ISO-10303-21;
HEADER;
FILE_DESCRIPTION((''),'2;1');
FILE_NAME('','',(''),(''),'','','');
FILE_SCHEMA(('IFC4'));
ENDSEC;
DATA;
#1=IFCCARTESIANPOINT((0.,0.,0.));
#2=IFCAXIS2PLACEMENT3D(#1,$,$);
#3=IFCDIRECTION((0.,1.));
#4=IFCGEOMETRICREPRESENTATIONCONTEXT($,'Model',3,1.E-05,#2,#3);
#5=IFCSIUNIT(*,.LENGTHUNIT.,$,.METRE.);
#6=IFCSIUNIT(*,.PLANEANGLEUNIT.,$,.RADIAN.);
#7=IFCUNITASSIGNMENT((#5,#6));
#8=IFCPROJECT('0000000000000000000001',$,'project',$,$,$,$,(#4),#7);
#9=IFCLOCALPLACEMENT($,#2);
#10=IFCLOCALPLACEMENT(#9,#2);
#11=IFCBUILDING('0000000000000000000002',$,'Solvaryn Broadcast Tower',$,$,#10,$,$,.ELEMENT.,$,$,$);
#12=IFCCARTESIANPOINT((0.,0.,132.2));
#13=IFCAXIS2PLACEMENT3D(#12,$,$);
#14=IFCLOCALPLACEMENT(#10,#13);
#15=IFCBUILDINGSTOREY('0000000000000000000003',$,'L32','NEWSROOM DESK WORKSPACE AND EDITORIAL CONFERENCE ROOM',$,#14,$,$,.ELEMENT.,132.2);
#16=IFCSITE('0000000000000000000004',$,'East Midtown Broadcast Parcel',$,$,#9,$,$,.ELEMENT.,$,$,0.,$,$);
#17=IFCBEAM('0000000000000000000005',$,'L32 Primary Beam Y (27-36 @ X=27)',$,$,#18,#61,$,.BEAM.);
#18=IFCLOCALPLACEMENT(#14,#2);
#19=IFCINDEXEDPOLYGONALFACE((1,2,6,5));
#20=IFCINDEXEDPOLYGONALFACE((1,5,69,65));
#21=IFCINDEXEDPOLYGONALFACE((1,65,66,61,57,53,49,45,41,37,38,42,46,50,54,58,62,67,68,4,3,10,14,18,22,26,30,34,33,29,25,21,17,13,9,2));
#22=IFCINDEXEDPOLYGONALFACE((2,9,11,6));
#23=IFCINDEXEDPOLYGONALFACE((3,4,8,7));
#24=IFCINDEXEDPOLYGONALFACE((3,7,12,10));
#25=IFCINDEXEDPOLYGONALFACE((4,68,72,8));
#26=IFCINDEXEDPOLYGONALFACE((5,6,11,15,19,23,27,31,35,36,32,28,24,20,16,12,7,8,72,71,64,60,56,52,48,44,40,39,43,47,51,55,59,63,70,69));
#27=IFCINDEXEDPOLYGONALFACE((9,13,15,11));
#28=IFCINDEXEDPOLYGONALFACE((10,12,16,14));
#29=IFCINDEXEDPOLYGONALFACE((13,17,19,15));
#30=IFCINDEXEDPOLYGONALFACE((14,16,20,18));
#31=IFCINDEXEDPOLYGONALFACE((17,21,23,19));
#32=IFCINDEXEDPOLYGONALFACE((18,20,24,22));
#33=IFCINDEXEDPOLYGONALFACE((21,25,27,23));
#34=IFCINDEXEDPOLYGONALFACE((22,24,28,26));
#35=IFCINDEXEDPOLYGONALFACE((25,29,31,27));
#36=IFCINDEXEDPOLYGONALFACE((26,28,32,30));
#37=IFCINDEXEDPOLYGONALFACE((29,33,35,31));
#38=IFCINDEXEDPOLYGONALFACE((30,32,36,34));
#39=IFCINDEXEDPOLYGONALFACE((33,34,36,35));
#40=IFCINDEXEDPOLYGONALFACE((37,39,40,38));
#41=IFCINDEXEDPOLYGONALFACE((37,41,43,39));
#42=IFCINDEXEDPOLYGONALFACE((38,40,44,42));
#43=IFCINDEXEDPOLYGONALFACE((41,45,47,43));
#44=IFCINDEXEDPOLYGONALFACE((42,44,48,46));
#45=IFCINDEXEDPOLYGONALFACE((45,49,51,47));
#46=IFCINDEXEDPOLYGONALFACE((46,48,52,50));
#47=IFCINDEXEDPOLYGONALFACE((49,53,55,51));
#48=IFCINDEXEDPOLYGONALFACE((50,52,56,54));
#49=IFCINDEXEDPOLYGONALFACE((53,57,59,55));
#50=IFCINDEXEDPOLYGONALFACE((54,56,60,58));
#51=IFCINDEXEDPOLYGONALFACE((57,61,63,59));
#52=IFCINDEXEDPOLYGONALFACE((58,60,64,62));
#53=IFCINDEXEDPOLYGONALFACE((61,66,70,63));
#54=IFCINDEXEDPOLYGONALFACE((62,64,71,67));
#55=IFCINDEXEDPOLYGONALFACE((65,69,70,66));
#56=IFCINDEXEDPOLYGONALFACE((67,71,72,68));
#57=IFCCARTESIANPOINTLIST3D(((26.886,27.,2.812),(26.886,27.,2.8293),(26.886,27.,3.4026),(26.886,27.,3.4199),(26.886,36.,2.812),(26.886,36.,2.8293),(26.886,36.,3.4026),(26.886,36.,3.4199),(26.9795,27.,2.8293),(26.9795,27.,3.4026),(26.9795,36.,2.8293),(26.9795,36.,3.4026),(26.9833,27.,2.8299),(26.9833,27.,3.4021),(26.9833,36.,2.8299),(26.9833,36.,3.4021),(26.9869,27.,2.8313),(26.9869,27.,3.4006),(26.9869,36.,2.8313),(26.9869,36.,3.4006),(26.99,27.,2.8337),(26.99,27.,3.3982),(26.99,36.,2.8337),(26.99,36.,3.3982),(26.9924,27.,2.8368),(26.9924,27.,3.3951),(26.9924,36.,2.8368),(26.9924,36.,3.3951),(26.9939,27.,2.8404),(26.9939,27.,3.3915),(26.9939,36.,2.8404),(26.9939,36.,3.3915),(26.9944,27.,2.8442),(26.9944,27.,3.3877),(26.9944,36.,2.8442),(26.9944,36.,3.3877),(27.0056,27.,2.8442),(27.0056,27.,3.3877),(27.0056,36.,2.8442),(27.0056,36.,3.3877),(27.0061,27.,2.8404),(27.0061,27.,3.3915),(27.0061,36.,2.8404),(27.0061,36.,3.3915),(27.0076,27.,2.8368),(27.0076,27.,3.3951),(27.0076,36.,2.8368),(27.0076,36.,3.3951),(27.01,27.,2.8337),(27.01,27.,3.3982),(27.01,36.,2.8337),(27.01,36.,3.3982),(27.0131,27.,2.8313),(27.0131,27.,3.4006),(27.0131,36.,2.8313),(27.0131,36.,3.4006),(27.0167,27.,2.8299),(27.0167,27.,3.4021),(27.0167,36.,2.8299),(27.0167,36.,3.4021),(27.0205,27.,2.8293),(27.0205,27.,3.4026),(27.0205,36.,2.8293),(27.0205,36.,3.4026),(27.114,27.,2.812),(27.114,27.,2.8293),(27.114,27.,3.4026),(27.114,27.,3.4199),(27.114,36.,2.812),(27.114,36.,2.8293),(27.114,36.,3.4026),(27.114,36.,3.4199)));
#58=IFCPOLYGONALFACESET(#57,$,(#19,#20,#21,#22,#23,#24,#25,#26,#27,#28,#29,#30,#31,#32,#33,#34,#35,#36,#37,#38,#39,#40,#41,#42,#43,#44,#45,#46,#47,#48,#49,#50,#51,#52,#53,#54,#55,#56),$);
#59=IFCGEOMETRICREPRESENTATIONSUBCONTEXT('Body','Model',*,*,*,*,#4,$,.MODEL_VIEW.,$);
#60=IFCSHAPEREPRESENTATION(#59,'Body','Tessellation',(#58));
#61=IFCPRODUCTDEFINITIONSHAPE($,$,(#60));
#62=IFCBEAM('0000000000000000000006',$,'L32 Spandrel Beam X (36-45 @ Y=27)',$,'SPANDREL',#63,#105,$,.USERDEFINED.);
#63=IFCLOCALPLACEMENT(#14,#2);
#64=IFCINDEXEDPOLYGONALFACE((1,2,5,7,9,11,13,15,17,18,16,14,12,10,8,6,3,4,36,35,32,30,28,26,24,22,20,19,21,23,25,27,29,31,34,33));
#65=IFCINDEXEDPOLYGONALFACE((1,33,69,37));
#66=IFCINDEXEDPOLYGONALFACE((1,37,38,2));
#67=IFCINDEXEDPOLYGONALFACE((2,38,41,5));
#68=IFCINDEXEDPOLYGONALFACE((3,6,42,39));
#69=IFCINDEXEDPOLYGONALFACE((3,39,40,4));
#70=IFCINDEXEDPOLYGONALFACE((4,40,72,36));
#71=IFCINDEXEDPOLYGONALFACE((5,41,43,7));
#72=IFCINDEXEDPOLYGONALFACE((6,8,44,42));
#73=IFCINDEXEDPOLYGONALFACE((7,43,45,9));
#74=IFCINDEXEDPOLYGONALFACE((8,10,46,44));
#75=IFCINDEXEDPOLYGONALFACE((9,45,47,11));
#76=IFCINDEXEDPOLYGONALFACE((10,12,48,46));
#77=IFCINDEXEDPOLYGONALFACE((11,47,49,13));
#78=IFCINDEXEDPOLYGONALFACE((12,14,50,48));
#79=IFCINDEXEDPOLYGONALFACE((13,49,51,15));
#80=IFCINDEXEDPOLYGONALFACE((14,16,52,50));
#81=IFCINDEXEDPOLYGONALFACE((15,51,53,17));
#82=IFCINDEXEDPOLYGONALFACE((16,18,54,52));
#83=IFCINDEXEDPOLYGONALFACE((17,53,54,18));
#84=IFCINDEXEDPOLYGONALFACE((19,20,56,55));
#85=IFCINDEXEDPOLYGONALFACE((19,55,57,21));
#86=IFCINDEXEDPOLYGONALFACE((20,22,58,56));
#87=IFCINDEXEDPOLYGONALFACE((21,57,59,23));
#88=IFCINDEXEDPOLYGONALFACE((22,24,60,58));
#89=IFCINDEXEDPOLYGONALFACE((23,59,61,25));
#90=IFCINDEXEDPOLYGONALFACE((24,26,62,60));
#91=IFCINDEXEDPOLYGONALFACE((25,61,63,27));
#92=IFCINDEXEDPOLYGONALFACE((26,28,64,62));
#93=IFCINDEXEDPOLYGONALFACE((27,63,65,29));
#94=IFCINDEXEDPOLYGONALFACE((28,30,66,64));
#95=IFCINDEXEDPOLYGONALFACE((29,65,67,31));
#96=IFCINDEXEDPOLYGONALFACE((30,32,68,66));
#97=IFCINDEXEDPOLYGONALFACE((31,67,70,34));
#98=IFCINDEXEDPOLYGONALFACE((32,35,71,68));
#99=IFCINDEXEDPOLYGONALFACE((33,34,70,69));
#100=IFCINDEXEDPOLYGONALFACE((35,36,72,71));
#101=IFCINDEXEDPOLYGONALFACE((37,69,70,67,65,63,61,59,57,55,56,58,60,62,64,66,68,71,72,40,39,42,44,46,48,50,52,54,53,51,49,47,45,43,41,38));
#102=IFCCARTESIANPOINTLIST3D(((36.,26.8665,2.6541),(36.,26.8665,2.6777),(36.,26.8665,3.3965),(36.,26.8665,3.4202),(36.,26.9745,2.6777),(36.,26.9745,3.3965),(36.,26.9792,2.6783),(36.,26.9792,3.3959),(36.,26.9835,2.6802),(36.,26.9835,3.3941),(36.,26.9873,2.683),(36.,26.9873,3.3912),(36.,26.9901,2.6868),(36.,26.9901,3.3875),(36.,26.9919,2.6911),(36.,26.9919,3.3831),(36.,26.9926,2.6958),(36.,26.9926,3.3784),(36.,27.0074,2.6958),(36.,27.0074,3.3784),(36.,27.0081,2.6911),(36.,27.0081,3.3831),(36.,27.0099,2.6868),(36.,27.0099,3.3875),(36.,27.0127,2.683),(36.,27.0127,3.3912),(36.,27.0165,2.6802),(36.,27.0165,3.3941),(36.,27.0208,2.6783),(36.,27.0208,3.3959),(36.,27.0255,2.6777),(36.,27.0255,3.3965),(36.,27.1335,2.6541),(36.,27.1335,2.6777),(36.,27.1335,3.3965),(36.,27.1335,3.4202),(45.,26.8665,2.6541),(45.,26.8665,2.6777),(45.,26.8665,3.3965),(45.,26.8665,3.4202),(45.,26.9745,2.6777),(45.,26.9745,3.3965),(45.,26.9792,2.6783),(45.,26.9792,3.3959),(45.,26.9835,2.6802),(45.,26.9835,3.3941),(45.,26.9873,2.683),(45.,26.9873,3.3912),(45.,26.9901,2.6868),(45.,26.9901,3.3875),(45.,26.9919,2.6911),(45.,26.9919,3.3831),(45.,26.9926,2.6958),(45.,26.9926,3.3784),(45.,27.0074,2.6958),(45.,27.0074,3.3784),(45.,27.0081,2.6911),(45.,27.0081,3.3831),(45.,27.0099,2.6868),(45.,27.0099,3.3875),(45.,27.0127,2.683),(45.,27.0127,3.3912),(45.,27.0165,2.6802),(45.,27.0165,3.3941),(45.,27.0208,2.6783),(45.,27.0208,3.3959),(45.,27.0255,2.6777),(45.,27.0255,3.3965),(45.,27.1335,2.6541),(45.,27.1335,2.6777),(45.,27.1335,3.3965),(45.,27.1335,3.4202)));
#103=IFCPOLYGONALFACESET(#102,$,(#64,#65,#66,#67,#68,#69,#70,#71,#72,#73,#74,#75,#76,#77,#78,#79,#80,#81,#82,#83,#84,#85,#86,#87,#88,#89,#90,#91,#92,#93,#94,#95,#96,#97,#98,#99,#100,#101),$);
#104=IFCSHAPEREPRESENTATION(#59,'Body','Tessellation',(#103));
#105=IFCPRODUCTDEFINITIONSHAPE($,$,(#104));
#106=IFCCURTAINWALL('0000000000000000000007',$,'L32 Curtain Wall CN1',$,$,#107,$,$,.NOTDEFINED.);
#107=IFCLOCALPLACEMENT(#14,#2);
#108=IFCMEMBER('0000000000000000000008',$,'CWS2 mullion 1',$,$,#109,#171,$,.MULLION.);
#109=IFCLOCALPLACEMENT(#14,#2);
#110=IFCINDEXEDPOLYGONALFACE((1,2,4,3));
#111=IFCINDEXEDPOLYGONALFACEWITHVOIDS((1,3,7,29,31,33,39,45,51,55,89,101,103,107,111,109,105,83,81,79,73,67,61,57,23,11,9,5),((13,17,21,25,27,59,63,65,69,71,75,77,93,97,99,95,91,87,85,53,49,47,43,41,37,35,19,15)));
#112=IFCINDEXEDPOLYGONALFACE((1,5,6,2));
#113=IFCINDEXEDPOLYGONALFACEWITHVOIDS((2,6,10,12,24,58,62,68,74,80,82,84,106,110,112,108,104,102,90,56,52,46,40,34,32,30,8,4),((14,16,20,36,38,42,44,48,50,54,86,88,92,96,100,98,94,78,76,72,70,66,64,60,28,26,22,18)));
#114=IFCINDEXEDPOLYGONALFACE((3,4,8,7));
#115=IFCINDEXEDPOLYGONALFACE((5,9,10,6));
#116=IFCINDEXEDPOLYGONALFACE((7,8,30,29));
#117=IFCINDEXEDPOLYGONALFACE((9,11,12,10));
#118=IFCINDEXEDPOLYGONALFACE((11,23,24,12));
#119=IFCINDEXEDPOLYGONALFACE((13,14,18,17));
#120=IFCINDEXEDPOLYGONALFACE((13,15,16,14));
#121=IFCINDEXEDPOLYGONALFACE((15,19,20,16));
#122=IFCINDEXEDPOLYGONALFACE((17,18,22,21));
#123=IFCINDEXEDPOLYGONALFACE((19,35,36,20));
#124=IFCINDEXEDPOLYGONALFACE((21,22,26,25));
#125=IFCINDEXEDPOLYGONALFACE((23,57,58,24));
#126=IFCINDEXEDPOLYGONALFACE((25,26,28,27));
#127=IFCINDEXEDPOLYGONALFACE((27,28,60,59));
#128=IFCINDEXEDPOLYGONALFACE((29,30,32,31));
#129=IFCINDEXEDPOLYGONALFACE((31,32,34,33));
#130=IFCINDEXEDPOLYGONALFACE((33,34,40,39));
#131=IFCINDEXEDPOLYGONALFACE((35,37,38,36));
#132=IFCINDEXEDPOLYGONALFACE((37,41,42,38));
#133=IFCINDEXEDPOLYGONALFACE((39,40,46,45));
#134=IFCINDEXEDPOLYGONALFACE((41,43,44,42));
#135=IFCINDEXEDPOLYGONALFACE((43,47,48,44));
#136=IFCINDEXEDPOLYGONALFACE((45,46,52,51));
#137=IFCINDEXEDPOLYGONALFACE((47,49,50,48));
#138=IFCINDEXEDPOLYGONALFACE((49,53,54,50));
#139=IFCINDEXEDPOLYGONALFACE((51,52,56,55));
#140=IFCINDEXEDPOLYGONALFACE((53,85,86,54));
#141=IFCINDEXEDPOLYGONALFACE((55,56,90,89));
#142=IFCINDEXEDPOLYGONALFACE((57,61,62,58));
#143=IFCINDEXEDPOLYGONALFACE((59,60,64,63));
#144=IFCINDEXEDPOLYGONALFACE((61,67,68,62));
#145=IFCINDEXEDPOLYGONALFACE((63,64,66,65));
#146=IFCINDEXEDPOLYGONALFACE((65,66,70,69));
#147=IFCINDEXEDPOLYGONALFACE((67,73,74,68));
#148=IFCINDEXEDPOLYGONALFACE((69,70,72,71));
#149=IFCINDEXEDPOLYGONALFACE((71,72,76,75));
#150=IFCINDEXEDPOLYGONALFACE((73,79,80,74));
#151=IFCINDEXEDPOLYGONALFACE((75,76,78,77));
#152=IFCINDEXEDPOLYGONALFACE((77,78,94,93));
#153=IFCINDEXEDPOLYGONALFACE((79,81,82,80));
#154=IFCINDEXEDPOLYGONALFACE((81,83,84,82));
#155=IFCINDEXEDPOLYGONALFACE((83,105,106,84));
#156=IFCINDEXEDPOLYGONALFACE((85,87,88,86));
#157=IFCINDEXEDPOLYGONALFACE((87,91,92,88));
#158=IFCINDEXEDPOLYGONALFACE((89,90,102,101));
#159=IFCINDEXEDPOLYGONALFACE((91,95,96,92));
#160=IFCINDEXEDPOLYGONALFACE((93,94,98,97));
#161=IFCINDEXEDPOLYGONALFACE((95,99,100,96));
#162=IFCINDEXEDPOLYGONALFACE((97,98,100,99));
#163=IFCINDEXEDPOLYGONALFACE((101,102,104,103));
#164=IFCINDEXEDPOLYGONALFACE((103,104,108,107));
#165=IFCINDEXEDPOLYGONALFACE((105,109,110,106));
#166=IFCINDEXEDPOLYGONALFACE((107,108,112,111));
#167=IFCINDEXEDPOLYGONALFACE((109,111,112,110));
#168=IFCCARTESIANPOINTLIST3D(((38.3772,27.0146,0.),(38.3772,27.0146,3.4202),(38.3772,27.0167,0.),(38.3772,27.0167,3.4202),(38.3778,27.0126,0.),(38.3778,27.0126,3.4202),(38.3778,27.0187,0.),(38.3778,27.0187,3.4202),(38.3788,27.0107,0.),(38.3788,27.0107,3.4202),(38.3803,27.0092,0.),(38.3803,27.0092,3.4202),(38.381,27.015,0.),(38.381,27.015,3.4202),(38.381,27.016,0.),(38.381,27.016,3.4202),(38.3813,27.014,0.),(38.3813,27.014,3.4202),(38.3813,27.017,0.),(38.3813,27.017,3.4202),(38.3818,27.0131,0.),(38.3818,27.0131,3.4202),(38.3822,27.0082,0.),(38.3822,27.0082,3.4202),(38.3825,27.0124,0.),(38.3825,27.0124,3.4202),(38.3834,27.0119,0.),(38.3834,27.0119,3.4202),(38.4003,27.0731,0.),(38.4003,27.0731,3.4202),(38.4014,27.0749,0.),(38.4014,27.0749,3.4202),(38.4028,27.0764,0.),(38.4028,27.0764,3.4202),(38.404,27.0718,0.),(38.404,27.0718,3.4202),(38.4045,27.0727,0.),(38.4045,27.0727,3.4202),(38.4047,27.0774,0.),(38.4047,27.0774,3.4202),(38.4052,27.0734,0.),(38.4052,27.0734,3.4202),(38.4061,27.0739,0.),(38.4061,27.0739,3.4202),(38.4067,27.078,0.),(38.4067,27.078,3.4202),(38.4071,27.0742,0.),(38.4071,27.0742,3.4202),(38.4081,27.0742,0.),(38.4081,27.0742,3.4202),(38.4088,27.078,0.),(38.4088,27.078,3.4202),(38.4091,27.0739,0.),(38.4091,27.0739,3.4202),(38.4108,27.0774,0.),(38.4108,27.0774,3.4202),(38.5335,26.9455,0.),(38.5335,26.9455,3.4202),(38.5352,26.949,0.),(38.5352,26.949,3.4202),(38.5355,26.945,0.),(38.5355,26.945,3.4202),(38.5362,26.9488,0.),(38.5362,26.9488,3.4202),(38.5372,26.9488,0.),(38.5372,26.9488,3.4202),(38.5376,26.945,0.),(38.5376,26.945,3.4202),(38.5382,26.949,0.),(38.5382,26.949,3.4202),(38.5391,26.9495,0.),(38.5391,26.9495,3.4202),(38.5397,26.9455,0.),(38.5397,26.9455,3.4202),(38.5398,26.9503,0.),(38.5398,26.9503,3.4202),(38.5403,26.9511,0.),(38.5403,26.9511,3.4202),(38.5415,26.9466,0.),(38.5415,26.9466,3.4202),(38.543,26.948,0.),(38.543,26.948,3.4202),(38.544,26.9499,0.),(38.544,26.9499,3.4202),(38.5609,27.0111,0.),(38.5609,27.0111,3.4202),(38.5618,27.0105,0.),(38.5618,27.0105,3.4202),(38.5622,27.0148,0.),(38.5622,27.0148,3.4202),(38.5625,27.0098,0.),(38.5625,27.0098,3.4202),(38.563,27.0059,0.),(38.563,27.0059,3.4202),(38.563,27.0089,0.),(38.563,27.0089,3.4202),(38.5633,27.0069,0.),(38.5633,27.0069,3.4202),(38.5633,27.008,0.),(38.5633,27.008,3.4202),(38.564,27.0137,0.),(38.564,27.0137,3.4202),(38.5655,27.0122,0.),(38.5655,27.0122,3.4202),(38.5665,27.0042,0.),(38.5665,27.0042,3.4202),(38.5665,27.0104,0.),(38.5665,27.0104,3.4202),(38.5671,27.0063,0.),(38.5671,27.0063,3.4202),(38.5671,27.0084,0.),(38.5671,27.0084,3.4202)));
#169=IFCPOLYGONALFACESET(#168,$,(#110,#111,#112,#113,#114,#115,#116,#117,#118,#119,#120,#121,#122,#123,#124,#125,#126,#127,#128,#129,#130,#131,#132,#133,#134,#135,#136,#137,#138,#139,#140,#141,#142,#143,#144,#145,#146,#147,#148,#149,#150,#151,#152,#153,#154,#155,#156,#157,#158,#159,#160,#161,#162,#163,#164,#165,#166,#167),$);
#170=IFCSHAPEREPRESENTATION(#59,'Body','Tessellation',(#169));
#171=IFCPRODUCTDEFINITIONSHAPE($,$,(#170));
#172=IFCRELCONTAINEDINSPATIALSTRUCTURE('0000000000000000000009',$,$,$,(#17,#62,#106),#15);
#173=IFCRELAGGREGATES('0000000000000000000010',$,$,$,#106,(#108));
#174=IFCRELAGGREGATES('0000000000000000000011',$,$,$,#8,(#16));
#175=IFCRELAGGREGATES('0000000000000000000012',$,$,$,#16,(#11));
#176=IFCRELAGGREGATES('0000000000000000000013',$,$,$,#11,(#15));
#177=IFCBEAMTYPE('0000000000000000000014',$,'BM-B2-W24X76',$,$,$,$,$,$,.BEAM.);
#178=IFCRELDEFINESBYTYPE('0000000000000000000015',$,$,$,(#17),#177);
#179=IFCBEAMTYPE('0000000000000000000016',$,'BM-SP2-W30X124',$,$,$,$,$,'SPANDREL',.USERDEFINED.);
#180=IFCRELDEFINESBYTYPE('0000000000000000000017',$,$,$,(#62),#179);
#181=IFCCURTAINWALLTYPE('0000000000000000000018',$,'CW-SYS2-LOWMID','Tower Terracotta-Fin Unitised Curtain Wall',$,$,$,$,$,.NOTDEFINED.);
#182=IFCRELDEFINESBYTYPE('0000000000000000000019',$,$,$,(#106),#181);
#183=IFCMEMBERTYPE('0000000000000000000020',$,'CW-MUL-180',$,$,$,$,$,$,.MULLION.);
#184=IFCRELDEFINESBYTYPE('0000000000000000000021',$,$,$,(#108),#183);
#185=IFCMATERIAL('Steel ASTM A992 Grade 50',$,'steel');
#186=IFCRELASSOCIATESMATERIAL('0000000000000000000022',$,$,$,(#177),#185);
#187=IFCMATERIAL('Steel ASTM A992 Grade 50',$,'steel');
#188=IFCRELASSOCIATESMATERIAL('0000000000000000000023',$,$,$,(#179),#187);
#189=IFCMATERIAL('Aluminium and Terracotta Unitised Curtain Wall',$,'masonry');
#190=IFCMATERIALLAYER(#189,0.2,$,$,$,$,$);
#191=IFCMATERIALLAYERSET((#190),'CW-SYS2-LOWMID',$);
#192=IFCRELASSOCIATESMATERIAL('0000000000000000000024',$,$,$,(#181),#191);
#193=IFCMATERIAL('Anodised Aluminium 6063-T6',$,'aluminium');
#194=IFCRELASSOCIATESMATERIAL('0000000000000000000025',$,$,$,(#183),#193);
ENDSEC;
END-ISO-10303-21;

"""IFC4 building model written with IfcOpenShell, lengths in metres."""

from ifc_helpers import new_model, si_unit, direction, frame, origin, origin_2d, place, context, subcontext, project, spatial, hollow_rectangle, i_section, extrude, material, layer, layer_set, material_profile, profile_set, type_object, element, aggregate, save


model = new_model("IFC4")

# Units and contexts
model_context = context("Model", 3, precision=1e-05, world=origin(), true_north=direction((0.0, 1.0)))
body_context = subcontext(model_context, "Body", "Model", "MODEL_VIEW")
ifc_project = project(units=[si_unit("LENGTHUNIT", "METRE"), si_unit("PLANEANGLEUNIT", "RADIAN")], contexts=[model_context])

# Site, building, storey
site_placement = place(None, origin())
site = spatial("IfcSite", under=ifc_project, at=site_placement, Name="East Midtown Broadcast Parcel", CompositionType="ELEMENT", RefElevation=0.0)
building_placement = place(site_placement, origin())
building = spatial("IfcBuilding", under=site, at=building_placement, Name="Solvaryn Broadcast Tower", CompositionType="ELEMENT")
storey_placement = place(building_placement, frame((0.0, 0.0, 132.2)))
storey = spatial("IfcBuildingStorey", under=building, at=storey_placement, Name="L32", Description="NEWSROOM DESK WORKSPACE AND EDITORIAL CONFERENCE ROOM", CompositionType="ELEMENT", Elevation=132.2)

# Beams
ifc_material_1 = material(Name="Steel ASTM A992 Grade 50", Category="steel")
ifc_material_profile_1 = material_profile(ifc_material_1, i_section(OverallWidth=0.228, OverallDepth=0.6079, WebThickness=0.0112, FlangeThickness=0.0173, FilletRadius=0.0149, at=origin_2d()))
ifc_profile_set_1 = profile_set([ifc_material_profile_1], Name="Steel ASTM A992 Grade 50")
beam_type_1 = type_object("IfcBeamType", Name="BM-B2-W24X76", PredefinedType="BEAM", material=ifc_profile_set_1)
beam_1_placement = place(storey_placement, frame((27.0, 27.0, 3.116), z_axis=(0.0, 1.0, 0.0), x_axis=(-1.0, 0.0, 0.0)))
element("IfcBeam", 1, at=beam_1_placement, inside=storey, type_object=beam_type_1, Name="L32 Primary Beam Y (27-36 @ X=27)", PredefinedType="BEAM", context=body_context, shape_type="SweptSolid", body=[
    extrude(i_section(OverallWidth=0.228, OverallDepth=0.6079, WebThickness=0.0112, FlangeThickness=0.0173, FilletRadius=0.0149, at=origin_2d()), origin(), (0.0, 0.0, 1.0), 9.0),
])
ifc_material_2 = material(Name="Steel ASTM A992 Grade 50", Category="steel")
ifc_material_profile_2 = material_profile(ifc_material_2, i_section(OverallWidth=0.2671, OverallDepth=0.7661, WebThickness=0.0149, FlangeThickness=0.0237, FilletRadius=0.0181, at=origin_2d()))
ifc_profile_set_2 = profile_set([ifc_material_profile_2], Name="Steel ASTM A992 Grade 50")
beam_type_2 = type_object("IfcBeamType", Name="BM-SP2-W30X124", ElementType="SPANDREL", PredefinedType="USERDEFINED", material=ifc_profile_set_2)
beam_2_placement = place(storey_placement, frame((36.0, 27.0, 3.0371), z_axis=(1.0, 0.0, 0.0), x_axis=(0.0, 1.0, 0.0)))
element("IfcBeam", 2, at=beam_2_placement, inside=storey, type_object=beam_type_2, Name="L32 Spandrel Beam X (36-45 @ Y=27)", ObjectType="SPANDREL", PredefinedType="USERDEFINED", context=body_context, shape_type="SweptSolid", body=[
    extrude(i_section(OverallWidth=0.2671, OverallDepth=0.7661, WebThickness=0.0149, FlangeThickness=0.0237, FilletRadius=0.0181, at=origin_2d()), origin(), (0.0, 0.0, 1.0), 9.0),
])

# Curtain wall, member
ifc_material_3 = material(Name="Aluminium and Terracotta Unitised Curtain Wall", Category="masonry")
ifc_layer_1 = layer(ifc_material_3, 0.2)
ifc_layer_set_1 = layer_set([ifc_layer_1], Name="CW-SYS2-LOWMID")
curtain_wall_type = type_object("IfcCurtainWallType", Name="CW-SYS2-LOWMID", Description="Tower Terracotta-Fin Unitised Curtain Wall", PredefinedType="NOTDEFINED", material=ifc_layer_set_1)
curtain_wall_1_placement = place(storey_placement, origin())
curtain_wall_1 = element("IfcCurtainWall", 3, at=curtain_wall_1_placement, inside=storey, type_object=curtain_wall_type, Name="L32 Curtain Wall CN1", PredefinedType="NOTDEFINED")
ifc_material_4 = material(Name="Anodised Aluminium 6063-T6", Category="aluminium")
ifc_material_profile_3 = material_profile(ifc_material_4, hollow_rectangle(XDim=0.075, YDim=0.1799, WallThickness=0.0039, InnerFilletRadius=0.0039, OuterFilletRadius=0.0081, at=origin_2d()))
ifc_profile_set_3 = profile_set([ifc_material_profile_3], Name="Anodised Aluminium 6063-T6")
member_type_1 = type_object("IfcMemberType", Name="CW-MUL-180", PredefinedType="MULLION", material=ifc_profile_set_3)
member_1_placement = place(storey_placement, frame((38.4722, 27.0115, 0.0), z_axis=(0.0, 0.0, 1.0), x_axis=(-0.382646, -0.923895, 0.0)))
member_1 = element("IfcMember", 4, at=member_1_placement, type_object=member_type_1, Name="CWS2 mullion 1", PredefinedType="MULLION", context=body_context, shape_type="SweptSolid", body=[
    extrude(hollow_rectangle(XDim=0.075, YDim=0.1799, WallThickness=0.0039, InnerFilletRadius=0.0039, OuterFilletRadius=0.0081, at=origin_2d()), origin(), (0.0, 0.0, 1.0), 3.4202),
])

aggregate(curtain_wall_1, [member_1])

save(model, "model.ifc")
